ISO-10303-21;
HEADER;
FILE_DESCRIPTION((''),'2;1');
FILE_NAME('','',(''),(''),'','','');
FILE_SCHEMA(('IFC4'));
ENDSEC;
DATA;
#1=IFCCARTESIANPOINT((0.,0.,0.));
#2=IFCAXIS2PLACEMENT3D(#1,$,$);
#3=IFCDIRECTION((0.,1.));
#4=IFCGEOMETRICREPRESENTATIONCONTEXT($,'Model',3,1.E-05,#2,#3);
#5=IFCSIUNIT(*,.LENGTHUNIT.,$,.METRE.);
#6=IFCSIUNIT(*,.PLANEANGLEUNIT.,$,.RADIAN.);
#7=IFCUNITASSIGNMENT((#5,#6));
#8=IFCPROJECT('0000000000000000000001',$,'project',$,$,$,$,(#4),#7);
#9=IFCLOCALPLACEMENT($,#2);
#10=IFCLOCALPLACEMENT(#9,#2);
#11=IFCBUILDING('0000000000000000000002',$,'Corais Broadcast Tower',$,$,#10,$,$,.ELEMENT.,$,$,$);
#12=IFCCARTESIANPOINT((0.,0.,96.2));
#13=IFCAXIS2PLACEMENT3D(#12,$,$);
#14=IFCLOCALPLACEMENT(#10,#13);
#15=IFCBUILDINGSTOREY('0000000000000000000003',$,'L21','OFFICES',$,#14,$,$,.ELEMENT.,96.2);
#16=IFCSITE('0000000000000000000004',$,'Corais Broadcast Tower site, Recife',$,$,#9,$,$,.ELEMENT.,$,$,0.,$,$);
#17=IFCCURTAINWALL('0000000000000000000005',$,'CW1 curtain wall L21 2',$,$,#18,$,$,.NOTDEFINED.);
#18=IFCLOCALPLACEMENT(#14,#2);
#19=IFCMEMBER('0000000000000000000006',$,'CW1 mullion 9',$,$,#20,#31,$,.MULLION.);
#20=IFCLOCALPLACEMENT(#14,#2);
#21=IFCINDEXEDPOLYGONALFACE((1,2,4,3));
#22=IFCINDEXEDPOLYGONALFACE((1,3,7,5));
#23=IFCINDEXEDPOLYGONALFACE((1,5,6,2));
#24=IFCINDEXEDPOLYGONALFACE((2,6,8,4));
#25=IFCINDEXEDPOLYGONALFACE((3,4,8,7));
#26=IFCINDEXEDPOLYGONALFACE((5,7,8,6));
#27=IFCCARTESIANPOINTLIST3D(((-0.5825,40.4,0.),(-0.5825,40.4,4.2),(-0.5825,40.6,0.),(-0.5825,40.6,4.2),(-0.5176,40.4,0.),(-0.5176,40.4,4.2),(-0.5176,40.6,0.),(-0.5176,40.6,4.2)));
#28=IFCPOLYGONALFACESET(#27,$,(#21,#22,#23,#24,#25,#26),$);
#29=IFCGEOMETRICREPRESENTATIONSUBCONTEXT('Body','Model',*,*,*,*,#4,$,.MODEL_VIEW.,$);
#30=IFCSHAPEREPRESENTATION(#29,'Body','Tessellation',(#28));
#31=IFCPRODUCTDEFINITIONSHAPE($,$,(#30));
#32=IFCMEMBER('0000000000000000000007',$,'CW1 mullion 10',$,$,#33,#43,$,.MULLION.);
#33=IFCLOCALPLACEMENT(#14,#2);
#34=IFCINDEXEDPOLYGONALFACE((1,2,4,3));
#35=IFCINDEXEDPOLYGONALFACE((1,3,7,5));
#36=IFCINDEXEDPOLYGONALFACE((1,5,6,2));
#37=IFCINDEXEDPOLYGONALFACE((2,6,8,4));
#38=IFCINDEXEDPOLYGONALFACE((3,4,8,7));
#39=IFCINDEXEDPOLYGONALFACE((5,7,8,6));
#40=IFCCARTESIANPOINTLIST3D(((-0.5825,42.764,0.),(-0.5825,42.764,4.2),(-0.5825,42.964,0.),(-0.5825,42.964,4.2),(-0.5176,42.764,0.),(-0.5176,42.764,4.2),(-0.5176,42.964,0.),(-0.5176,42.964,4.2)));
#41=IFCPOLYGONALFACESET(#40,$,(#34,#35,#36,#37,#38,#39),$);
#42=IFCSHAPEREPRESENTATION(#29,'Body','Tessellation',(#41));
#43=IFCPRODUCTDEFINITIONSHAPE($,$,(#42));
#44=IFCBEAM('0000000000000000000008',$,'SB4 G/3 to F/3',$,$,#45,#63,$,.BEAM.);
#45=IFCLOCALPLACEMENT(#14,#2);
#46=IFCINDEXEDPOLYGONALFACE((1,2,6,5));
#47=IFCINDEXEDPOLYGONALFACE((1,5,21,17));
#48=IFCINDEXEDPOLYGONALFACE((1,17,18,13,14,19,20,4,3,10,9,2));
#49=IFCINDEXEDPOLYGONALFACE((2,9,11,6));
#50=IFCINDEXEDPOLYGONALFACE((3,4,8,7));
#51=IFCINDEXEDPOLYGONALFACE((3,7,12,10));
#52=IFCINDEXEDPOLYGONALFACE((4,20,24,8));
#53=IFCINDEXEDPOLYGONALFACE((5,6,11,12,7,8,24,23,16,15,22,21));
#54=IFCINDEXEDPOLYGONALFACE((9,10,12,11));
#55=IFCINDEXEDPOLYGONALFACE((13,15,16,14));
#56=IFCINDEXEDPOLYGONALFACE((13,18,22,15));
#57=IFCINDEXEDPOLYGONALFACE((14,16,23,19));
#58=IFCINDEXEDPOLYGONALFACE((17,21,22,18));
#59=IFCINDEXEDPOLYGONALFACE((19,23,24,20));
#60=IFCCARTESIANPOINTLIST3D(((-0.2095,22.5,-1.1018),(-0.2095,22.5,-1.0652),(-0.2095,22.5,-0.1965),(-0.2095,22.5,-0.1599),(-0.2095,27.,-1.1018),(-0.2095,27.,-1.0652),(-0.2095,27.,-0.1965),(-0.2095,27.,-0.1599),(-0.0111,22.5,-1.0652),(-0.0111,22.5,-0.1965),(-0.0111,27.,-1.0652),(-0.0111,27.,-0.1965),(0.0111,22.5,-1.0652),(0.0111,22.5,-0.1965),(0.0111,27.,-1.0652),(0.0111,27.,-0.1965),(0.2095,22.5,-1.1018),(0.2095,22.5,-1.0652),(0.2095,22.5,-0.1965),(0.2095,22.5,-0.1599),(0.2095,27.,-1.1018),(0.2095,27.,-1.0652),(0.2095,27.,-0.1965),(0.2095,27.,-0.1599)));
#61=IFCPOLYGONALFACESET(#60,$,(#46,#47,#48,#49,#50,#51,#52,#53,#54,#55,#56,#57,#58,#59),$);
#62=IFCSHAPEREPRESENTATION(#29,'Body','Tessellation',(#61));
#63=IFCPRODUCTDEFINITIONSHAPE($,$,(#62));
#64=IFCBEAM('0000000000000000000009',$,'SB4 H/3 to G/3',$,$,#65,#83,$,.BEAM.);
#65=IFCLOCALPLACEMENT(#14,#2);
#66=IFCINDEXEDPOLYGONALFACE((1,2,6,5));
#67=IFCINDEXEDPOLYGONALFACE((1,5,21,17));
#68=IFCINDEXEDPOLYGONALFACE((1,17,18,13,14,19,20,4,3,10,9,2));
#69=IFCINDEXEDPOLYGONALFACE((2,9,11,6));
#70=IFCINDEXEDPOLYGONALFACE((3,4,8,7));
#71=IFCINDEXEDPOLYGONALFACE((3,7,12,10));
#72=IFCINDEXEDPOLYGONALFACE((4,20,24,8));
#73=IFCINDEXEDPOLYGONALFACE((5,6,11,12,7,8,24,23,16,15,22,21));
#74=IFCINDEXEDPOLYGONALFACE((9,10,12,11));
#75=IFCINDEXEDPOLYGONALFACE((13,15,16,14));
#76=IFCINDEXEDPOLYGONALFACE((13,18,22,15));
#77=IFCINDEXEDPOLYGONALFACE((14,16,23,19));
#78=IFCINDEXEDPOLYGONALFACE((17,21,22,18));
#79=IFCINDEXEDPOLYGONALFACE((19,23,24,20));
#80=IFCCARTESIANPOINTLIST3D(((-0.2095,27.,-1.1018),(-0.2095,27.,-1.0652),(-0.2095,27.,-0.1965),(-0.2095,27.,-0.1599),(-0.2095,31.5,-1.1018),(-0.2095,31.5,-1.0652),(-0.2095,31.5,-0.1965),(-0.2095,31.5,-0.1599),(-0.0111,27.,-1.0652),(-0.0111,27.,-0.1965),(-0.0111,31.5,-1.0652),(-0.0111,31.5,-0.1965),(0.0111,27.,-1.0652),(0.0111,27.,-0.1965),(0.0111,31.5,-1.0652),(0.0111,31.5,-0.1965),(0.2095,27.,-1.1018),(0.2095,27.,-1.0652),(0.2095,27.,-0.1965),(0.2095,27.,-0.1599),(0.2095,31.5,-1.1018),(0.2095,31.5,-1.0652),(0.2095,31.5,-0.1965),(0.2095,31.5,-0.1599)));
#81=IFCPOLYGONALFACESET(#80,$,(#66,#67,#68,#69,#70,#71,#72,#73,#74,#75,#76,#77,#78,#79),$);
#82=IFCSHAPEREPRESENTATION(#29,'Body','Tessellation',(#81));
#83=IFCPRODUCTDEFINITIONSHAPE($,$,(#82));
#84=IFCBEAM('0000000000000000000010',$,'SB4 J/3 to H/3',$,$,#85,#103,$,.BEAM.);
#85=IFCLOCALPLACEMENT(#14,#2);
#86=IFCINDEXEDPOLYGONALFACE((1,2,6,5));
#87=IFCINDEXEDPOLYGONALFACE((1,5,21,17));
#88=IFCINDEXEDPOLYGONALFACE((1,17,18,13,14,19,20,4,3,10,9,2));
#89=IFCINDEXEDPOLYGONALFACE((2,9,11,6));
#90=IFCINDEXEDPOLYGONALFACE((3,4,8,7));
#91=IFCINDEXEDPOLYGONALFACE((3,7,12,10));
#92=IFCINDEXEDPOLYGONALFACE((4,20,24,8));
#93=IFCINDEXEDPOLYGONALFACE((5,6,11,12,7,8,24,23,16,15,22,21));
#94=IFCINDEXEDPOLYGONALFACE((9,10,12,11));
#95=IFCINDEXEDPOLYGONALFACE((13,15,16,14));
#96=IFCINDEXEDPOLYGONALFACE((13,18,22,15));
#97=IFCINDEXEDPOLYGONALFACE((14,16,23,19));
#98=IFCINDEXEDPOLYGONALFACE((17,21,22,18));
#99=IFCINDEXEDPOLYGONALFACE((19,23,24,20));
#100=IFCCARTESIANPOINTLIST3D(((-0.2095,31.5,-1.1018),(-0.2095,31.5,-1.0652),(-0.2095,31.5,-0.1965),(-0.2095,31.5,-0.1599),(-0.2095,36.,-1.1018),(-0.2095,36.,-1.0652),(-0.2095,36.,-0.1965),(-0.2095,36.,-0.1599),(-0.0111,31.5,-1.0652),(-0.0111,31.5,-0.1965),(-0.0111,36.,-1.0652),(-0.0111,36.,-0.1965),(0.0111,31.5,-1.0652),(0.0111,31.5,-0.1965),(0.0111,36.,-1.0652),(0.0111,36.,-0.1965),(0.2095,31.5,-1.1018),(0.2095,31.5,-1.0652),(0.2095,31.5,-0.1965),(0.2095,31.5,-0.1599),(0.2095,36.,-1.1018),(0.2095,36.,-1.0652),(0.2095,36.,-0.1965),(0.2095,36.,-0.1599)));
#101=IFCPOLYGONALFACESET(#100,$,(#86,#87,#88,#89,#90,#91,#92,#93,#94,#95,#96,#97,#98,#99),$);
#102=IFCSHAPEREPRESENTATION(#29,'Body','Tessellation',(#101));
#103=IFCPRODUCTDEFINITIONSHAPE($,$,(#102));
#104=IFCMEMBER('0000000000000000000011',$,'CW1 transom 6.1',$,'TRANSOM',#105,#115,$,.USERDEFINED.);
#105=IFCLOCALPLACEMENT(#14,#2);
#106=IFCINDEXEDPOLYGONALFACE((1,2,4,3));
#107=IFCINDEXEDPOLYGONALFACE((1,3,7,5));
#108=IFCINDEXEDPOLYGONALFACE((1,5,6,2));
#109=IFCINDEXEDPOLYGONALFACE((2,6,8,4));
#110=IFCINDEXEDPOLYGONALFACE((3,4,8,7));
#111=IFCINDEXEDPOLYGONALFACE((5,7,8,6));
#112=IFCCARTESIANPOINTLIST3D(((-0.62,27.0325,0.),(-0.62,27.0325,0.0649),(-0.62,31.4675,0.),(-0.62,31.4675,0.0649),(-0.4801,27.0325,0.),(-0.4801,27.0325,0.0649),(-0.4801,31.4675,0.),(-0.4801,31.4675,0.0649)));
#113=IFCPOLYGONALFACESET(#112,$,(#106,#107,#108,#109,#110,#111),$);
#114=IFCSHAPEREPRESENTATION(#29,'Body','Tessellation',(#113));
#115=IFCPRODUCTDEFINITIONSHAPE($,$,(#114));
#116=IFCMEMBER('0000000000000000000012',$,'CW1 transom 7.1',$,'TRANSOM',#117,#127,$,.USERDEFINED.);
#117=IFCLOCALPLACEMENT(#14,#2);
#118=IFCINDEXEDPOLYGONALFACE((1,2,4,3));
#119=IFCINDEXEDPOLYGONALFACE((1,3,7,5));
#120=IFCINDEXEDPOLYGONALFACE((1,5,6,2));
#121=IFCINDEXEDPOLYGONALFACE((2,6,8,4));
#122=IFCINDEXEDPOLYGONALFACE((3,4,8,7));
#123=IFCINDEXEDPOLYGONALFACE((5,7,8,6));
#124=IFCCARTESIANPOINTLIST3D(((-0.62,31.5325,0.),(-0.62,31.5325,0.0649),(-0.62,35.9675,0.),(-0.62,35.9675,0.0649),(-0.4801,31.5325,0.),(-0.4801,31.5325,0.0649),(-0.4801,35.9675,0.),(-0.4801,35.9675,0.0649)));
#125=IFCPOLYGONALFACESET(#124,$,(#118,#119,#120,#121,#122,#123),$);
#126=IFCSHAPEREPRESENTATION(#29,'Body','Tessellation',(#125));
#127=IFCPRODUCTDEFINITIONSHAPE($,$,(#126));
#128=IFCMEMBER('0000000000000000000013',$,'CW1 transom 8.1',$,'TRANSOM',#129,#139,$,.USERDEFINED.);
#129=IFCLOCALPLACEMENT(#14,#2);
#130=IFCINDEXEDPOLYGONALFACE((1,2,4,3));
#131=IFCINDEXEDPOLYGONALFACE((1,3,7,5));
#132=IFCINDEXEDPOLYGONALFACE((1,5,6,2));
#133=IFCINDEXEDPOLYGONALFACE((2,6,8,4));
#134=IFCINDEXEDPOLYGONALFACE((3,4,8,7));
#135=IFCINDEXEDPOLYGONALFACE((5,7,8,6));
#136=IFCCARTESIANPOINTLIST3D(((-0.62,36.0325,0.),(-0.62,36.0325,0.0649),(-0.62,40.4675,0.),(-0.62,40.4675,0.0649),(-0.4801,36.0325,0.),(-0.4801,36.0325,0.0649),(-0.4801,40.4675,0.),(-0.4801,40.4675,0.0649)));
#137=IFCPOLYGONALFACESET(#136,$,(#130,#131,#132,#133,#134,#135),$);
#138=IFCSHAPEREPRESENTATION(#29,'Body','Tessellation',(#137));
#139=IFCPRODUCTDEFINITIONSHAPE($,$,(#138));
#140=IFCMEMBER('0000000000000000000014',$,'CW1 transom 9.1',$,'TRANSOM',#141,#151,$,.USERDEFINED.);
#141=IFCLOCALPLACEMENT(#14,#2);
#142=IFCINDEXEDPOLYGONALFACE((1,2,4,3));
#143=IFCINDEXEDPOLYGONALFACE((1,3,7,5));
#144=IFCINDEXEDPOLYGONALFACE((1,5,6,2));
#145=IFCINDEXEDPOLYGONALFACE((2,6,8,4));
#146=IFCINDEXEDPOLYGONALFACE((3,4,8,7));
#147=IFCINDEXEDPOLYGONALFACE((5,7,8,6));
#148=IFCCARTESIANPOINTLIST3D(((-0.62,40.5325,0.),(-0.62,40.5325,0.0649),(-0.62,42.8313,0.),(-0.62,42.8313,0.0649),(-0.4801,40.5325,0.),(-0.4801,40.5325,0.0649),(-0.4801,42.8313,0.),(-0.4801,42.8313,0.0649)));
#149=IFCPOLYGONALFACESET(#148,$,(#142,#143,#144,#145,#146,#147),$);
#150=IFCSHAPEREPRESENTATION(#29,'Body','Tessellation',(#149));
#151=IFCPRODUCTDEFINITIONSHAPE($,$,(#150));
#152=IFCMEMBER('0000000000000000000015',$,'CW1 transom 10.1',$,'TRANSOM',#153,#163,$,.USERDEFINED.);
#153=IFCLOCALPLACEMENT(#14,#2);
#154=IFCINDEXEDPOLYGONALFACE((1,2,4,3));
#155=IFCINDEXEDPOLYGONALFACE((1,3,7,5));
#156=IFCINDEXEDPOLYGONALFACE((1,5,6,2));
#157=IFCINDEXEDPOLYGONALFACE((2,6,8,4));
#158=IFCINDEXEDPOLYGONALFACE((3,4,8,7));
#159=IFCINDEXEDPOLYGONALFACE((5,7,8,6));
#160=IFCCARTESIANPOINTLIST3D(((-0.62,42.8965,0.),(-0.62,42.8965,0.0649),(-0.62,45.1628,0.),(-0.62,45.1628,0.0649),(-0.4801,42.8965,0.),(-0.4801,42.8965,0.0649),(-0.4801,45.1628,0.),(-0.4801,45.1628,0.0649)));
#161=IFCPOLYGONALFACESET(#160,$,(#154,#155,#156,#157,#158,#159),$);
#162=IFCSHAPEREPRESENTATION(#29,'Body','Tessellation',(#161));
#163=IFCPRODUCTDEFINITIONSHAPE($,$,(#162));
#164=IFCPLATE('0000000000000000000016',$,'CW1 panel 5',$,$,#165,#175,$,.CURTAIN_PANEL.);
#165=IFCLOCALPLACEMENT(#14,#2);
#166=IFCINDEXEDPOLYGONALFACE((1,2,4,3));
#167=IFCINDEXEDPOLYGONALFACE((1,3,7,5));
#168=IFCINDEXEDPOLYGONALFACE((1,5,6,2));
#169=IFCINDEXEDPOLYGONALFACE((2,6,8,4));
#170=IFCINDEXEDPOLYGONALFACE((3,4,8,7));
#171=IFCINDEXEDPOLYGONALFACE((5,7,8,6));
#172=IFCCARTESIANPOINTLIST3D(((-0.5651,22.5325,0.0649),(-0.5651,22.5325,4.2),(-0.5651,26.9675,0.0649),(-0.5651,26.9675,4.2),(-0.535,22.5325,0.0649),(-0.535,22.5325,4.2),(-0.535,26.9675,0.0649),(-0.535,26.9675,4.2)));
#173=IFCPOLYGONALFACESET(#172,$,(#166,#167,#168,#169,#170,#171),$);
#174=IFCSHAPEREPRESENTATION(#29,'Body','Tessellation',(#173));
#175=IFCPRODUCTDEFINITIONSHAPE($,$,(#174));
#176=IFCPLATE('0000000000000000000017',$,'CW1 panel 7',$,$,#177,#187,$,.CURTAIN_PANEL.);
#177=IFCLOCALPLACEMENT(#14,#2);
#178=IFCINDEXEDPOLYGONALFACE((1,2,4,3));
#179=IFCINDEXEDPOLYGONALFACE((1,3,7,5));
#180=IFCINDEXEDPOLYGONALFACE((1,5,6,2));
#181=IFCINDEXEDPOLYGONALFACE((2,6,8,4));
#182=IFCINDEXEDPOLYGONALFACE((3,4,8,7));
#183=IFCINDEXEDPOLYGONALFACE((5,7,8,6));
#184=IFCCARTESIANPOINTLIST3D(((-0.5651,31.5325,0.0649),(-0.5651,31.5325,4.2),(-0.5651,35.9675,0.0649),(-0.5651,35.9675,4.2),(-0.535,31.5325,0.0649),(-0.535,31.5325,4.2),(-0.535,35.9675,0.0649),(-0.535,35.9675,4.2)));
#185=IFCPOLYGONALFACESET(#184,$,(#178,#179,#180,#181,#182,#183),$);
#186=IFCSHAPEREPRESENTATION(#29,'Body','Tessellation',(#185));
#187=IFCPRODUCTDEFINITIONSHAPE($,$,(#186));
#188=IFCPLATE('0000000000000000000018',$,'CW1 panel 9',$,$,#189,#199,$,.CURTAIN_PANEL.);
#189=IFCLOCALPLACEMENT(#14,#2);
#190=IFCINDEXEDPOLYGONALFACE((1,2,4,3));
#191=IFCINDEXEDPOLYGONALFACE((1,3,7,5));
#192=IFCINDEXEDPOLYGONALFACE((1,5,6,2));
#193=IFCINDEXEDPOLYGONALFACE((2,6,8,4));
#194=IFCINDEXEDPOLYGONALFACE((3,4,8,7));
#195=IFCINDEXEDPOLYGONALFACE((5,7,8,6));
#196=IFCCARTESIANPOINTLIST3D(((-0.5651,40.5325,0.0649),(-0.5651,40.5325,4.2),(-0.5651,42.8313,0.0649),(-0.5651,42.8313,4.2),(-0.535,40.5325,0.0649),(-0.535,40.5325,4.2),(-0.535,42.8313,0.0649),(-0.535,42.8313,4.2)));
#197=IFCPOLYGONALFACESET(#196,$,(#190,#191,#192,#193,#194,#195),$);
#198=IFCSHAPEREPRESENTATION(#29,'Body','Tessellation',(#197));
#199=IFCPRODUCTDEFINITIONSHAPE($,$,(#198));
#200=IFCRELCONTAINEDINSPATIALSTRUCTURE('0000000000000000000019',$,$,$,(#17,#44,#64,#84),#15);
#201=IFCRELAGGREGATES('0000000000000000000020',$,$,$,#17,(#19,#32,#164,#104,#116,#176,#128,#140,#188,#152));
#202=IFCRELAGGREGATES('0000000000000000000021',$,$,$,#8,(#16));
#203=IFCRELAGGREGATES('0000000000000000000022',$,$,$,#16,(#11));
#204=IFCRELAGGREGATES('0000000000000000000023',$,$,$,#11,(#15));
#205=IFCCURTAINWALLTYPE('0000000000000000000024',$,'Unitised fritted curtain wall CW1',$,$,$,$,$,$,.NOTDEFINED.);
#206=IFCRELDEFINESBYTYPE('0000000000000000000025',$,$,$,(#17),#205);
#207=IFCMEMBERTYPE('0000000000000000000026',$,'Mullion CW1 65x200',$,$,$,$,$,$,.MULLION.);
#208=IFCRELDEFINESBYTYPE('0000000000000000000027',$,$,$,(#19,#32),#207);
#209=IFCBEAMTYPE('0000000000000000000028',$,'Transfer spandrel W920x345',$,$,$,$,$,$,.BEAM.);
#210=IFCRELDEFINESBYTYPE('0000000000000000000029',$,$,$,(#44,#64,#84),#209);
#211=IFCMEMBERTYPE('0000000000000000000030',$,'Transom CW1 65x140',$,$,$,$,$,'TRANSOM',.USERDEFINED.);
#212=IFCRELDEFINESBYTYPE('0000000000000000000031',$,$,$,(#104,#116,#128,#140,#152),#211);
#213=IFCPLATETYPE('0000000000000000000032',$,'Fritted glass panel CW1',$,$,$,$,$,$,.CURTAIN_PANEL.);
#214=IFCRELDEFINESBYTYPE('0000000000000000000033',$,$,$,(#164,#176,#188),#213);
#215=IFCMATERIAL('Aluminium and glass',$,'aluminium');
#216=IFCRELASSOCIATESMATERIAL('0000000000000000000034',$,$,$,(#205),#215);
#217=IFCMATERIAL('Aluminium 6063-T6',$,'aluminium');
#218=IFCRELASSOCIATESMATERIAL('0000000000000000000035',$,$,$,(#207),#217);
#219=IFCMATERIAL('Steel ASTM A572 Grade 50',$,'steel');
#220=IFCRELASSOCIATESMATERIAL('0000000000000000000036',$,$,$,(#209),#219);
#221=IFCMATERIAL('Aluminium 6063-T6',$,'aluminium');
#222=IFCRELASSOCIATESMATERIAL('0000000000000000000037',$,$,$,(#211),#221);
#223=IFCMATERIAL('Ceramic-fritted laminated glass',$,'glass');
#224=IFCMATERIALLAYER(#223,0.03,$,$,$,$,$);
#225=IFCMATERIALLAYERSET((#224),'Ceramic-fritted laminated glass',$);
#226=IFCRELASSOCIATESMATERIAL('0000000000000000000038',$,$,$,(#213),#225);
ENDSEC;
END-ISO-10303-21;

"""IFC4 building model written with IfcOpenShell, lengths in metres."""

from ifc_helpers import new_model, si_unit, direction, frame, origin, origin_2d, place, context, subcontext, project, spatial, rectangle, i_section, extrude, material, layer, layer_set, material_profile, profile_set, type_object, element, aggregate, save


model = new_model("IFC4")

# Units and contexts
model_context = context("Model", 3, precision=1e-05, world=origin(), true_north=direction((0.0, 1.0)))
body_context = subcontext(model_context, "Body", "Model", "MODEL_VIEW")
ifc_project = project(units=[si_unit("LENGTHUNIT", "METRE"), si_unit("PLANEANGLEUNIT", "RADIAN")], contexts=[model_context])

# Site, building, storey
site_placement = place(None, origin())
site = spatial("IfcSite", under=ifc_project, at=site_placement, Name="Corais Broadcast Tower site, Recife", CompositionType="ELEMENT", RefElevation=0.0)
building_placement = place(site_placement, origin())
building = spatial("IfcBuilding", under=site, at=building_placement, Name="Corais Broadcast Tower", CompositionType="ELEMENT")
storey_placement = place(building_placement, frame((0.0, 0.0, 96.2)))
storey = spatial("IfcBuildingStorey", under=building, at=storey_placement, Name="L21", Description="OFFICES", CompositionType="ELEMENT", Elevation=96.2)

# Curtain wall, members
ifc_material_1 = material(Name="Aluminium and glass", Category="aluminium")
curtain_wall_type = type_object("IfcCurtainWallType", Name="Unitised fritted curtain wall CW1", PredefinedType="NOTDEFINED", material=ifc_material_1)
curtain_wall_placement = place(storey_placement, origin())
curtain_wall = element("IfcCurtainWall", 1, at=curtain_wall_placement, inside=storey, type_object=curtain_wall_type, Name="CW1 curtain wall L21 2", PredefinedType="NOTDEFINED")
ifc_material_2 = material(Name="Aluminium 6063-T6", Category="aluminium")
ifc_material_profile_1 = material_profile(ifc_material_2, rectangle(XDim=0.0649, YDim=0.2, at=origin_2d()), Name="Mullion CW1 65x200")
ifc_profile_set_1 = profile_set([ifc_material_profile_1], Name="Aluminium 6063-T6")
member_type_1 = type_object("IfcMemberType", Name="Mullion CW1 65x200", PredefinedType="MULLION", material=ifc_profile_set_1)
member_1_placement = place(storey_placement, frame((-0.55, 40.5, 0.0), z_axis=(0.0, 0.0, 1.0), x_axis=(-1.0, 0.0, 0.0)))
member_1 = element("IfcMember", 2, at=member_1_placement, type_object=member_type_1, Name="CW1 mullion 9", PredefinedType="MULLION", context=body_context, shape_type="SweptSolid", body=[
    extrude(rectangle(XDim=0.0649, YDim=0.2, at=origin_2d()), origin(), (0.0, 0.0, 1.0), 4.2),
])
member_2_placement = place(storey_placement, frame((-0.55, 42.864, 0.0), z_axis=(0.0, 0.0, 1.0), x_axis=(-1.0, 0.0, 0.0)))
member_2 = element("IfcMember", 3, at=member_2_placement, type_object=member_type_1, Name="CW1 mullion 10", PredefinedType="MULLION", context=body_context, shape_type="SweptSolid", body=[
    extrude(rectangle(XDim=0.0649, YDim=0.2, at=origin_2d()), origin(), (0.0, 0.0, 1.0), 4.2),
])

# Beams
ifc_material_3 = material(Name="Steel ASTM A572 Grade 50", Category="steel")
ifc_material_profile_2 = material_profile(ifc_material_3, i_section(OverallWidth=0.4189, OverallDepth=0.9419, WebThickness=0.0222, FlangeThickness=0.0366, at=origin_2d()), Name="W920x345")
ifc_profile_set_2 = profile_set([ifc_material_profile_2], Name="Steel ASTM A572 Grade 50")
beam_type_1 = type_object("IfcBeamType", Name="Transfer spandrel W920x345", PredefinedType="BEAM", material=ifc_profile_set_2)
for number, where, z_axis, x_axis, name in (
    (4, (0.0, 27.0, -0.6309), (0.0, -1.0, 0.0), (1.0, 0.0, 0.0), "SB4 G/3 to F/3"),
    (5, (0.0, 31.5, -0.6309), (0.0, -1.0, 0.0), (1.0, 0.0, 0.0), "SB4 H/3 to G/3"),
    (6, (0.0, 36.0, -0.6309), (0.0, -1.0, 0.0), (1.0, 0.0, 0.0), "SB4 J/3 to H/3"),
):
    element("IfcBeam", number, at=place(storey_placement, frame(where, z_axis=z_axis, x_axis=x_axis)), inside=storey, type_object=beam_type_1, Name=name, PredefinedType="BEAM", context=body_context, shape_type="SweptSolid", body=[
        extrude(i_section(OverallWidth=0.4189, OverallDepth=0.9419, WebThickness=0.0222, FlangeThickness=0.0366, at=origin_2d()), origin(), (0.0, 0.0, 1.0), 4.5),
    ])

# Members
ifc_material_4 = material(Name="Aluminium 6063-T6", Category="aluminium")
ifc_material_profile_3 = material_profile(ifc_material_4, rectangle(XDim=0.1399, YDim=0.0649, at=origin_2d()), Name="Transom CW1 65x140")
ifc_profile_set_3 = profile_set([ifc_material_profile_3], Name="Aluminium 6063-T6")
member_type_2 = type_object("IfcMemberType", Name="Transom CW1 65x140", ElementType="TRANSOM", PredefinedType="USERDEFINED", material=ifc_profile_set_3)
member_3_placement = place(storey_placement, frame((-0.55, 27.0325, 0.0325), z_axis=(0.0, 1.0, 0.0), x_axis=(-1.0, 0.0, 0.0)))
member_3 = element("IfcMember", 7, at=member_3_placement, type_object=member_type_2, Name="CW1 transom 6.1", ObjectType="TRANSOM", PredefinedType="USERDEFINED", context=body_context, shape_type="SweptSolid", body=[
    extrude(rectangle(XDim=0.1399, YDim=0.0649, at=origin_2d()), origin(), (0.0, 0.0, 1.0), 4.4351),
])
member_4_placement = place(storey_placement, frame((-0.55, 31.5325, 0.0325), z_axis=(0.0, 1.0, 0.0), x_axis=(-1.0, 0.0, 0.0)))
member_4 = element("IfcMember", 8, at=member_4_placement, type_object=member_type_2, Name="CW1 transom 7.1", ObjectType="TRANSOM", PredefinedType="USERDEFINED", context=body_context, shape_type="SweptSolid", body=[
    extrude(rectangle(XDim=0.1399, YDim=0.0649, at=origin_2d()), origin(), (0.0, 0.0, 1.0), 4.4351),
])
member_5_placement = place(storey_placement, frame((-0.55, 36.0325, 0.0325), z_axis=(0.0, 1.0, 0.0), x_axis=(-1.0, 0.0, 0.0)))
member_5 = element("IfcMember", 9, at=member_5_placement, type_object=member_type_2, Name="CW1 transom 8.1", ObjectType="TRANSOM", PredefinedType="USERDEFINED", context=body_context, shape_type="SweptSolid", body=[
    extrude(rectangle(XDim=0.1399, YDim=0.0649, at=origin_2d()), origin(), (0.0, 0.0, 1.0), 4.4351),
])
member_6_placement = place(storey_placement, frame((-0.55, 40.5325, 0.0325), z_axis=(0.0, 1.0, 0.0), x_axis=(-1.0, 0.0, 0.0)))
member_6 = element("IfcMember", 10, at=member_6_placement, type_object=member_type_2, Name="CW1 transom 9.1", ObjectType="TRANSOM", PredefinedType="USERDEFINED", context=body_context, shape_type="SweptSolid", body=[
    extrude(rectangle(XDim=0.1399, YDim=0.0649, at=origin_2d()), origin(), (0.0, 0.0, 1.0), 2.2988),
])
member_7_placement = place(storey_placement, frame((-0.55, 42.8965, 0.0325), z_axis=(0.0, 1.0, 0.0), x_axis=(-1.0, 0.0, 0.0)))
member_7 = element("IfcMember", 11, at=member_7_placement, type_object=member_type_2, Name="CW1 transom 10.1", ObjectType="TRANSOM", PredefinedType="USERDEFINED", context=body_context, shape_type="SweptSolid", body=[
    extrude(rectangle(XDim=0.1399, YDim=0.0649, at=origin_2d()), origin(), (0.0, 0.0, 1.0), 2.2664),
])

# Plates
ifc_material_5 = material(Name="Ceramic-fritted laminated glass", Category="glass")
ifc_layer_1 = layer(ifc_material_5, 0.03)
ifc_layer_set_1 = layer_set([ifc_layer_1], Name="Ceramic-fritted laminated glass")
plate_type_1 = type_object("IfcPlateType", Name="Fritted glass panel CW1", PredefinedType="CURTAIN_PANEL", material=ifc_layer_set_1)
plate_1_placement = place(storey_placement, frame((-0.55, 24.75, 0.0649), z_axis=(0.0, 0.0, 1.0), x_axis=(0.0, 1.0, 0.0)))
plate_1 = element("IfcPlate", 12, at=plate_1_placement, type_object=plate_type_1, Name="CW1 panel 5", PredefinedType="CURTAIN_PANEL", context=body_context, shape_type="SweptSolid", body=[
    extrude(rectangle(XDim=4.4351, YDim=0.03, at=origin_2d()), origin(), (0.0, 0.0, 1.0), 4.135),
])
plate_2_placement = place(storey_placement, frame((-0.55, 33.75, 0.0649), z_axis=(0.0, 0.0, 1.0), x_axis=(0.0, 1.0, 0.0)))
plate_2 = element("IfcPlate", 13, at=plate_2_placement, type_object=plate_type_1, Name="CW1 panel 7", PredefinedType="CURTAIN_PANEL", context=body_context, shape_type="SweptSolid", body=[
    extrude(rectangle(XDim=4.4351, YDim=0.03, at=origin_2d()), origin(), (0.0, 0.0, 1.0), 4.135),
])
plate_3_placement = place(storey_placement, frame((-0.55, 41.6819, 0.0649), z_axis=(0.0, 0.0, 1.0), x_axis=(0.0, 1.0, 0.0)))
plate_3 = element("IfcPlate", 14, at=plate_3_placement, type_object=plate_type_1, Name="CW1 panel 9", PredefinedType="CURTAIN_PANEL", context=body_context, shape_type="SweptSolid", body=[
    extrude(rectangle(XDim=2.2988, YDim=0.03, at=origin_2d()), origin(), (0.0, 0.0, 1.0), 4.135),
])
aggregate(curtain_wall, [member_1, member_2, plate_1, member_3, member_4, plate_2, member_5, member_6, plate_3, member_7])

save(model, "model.ifc")
